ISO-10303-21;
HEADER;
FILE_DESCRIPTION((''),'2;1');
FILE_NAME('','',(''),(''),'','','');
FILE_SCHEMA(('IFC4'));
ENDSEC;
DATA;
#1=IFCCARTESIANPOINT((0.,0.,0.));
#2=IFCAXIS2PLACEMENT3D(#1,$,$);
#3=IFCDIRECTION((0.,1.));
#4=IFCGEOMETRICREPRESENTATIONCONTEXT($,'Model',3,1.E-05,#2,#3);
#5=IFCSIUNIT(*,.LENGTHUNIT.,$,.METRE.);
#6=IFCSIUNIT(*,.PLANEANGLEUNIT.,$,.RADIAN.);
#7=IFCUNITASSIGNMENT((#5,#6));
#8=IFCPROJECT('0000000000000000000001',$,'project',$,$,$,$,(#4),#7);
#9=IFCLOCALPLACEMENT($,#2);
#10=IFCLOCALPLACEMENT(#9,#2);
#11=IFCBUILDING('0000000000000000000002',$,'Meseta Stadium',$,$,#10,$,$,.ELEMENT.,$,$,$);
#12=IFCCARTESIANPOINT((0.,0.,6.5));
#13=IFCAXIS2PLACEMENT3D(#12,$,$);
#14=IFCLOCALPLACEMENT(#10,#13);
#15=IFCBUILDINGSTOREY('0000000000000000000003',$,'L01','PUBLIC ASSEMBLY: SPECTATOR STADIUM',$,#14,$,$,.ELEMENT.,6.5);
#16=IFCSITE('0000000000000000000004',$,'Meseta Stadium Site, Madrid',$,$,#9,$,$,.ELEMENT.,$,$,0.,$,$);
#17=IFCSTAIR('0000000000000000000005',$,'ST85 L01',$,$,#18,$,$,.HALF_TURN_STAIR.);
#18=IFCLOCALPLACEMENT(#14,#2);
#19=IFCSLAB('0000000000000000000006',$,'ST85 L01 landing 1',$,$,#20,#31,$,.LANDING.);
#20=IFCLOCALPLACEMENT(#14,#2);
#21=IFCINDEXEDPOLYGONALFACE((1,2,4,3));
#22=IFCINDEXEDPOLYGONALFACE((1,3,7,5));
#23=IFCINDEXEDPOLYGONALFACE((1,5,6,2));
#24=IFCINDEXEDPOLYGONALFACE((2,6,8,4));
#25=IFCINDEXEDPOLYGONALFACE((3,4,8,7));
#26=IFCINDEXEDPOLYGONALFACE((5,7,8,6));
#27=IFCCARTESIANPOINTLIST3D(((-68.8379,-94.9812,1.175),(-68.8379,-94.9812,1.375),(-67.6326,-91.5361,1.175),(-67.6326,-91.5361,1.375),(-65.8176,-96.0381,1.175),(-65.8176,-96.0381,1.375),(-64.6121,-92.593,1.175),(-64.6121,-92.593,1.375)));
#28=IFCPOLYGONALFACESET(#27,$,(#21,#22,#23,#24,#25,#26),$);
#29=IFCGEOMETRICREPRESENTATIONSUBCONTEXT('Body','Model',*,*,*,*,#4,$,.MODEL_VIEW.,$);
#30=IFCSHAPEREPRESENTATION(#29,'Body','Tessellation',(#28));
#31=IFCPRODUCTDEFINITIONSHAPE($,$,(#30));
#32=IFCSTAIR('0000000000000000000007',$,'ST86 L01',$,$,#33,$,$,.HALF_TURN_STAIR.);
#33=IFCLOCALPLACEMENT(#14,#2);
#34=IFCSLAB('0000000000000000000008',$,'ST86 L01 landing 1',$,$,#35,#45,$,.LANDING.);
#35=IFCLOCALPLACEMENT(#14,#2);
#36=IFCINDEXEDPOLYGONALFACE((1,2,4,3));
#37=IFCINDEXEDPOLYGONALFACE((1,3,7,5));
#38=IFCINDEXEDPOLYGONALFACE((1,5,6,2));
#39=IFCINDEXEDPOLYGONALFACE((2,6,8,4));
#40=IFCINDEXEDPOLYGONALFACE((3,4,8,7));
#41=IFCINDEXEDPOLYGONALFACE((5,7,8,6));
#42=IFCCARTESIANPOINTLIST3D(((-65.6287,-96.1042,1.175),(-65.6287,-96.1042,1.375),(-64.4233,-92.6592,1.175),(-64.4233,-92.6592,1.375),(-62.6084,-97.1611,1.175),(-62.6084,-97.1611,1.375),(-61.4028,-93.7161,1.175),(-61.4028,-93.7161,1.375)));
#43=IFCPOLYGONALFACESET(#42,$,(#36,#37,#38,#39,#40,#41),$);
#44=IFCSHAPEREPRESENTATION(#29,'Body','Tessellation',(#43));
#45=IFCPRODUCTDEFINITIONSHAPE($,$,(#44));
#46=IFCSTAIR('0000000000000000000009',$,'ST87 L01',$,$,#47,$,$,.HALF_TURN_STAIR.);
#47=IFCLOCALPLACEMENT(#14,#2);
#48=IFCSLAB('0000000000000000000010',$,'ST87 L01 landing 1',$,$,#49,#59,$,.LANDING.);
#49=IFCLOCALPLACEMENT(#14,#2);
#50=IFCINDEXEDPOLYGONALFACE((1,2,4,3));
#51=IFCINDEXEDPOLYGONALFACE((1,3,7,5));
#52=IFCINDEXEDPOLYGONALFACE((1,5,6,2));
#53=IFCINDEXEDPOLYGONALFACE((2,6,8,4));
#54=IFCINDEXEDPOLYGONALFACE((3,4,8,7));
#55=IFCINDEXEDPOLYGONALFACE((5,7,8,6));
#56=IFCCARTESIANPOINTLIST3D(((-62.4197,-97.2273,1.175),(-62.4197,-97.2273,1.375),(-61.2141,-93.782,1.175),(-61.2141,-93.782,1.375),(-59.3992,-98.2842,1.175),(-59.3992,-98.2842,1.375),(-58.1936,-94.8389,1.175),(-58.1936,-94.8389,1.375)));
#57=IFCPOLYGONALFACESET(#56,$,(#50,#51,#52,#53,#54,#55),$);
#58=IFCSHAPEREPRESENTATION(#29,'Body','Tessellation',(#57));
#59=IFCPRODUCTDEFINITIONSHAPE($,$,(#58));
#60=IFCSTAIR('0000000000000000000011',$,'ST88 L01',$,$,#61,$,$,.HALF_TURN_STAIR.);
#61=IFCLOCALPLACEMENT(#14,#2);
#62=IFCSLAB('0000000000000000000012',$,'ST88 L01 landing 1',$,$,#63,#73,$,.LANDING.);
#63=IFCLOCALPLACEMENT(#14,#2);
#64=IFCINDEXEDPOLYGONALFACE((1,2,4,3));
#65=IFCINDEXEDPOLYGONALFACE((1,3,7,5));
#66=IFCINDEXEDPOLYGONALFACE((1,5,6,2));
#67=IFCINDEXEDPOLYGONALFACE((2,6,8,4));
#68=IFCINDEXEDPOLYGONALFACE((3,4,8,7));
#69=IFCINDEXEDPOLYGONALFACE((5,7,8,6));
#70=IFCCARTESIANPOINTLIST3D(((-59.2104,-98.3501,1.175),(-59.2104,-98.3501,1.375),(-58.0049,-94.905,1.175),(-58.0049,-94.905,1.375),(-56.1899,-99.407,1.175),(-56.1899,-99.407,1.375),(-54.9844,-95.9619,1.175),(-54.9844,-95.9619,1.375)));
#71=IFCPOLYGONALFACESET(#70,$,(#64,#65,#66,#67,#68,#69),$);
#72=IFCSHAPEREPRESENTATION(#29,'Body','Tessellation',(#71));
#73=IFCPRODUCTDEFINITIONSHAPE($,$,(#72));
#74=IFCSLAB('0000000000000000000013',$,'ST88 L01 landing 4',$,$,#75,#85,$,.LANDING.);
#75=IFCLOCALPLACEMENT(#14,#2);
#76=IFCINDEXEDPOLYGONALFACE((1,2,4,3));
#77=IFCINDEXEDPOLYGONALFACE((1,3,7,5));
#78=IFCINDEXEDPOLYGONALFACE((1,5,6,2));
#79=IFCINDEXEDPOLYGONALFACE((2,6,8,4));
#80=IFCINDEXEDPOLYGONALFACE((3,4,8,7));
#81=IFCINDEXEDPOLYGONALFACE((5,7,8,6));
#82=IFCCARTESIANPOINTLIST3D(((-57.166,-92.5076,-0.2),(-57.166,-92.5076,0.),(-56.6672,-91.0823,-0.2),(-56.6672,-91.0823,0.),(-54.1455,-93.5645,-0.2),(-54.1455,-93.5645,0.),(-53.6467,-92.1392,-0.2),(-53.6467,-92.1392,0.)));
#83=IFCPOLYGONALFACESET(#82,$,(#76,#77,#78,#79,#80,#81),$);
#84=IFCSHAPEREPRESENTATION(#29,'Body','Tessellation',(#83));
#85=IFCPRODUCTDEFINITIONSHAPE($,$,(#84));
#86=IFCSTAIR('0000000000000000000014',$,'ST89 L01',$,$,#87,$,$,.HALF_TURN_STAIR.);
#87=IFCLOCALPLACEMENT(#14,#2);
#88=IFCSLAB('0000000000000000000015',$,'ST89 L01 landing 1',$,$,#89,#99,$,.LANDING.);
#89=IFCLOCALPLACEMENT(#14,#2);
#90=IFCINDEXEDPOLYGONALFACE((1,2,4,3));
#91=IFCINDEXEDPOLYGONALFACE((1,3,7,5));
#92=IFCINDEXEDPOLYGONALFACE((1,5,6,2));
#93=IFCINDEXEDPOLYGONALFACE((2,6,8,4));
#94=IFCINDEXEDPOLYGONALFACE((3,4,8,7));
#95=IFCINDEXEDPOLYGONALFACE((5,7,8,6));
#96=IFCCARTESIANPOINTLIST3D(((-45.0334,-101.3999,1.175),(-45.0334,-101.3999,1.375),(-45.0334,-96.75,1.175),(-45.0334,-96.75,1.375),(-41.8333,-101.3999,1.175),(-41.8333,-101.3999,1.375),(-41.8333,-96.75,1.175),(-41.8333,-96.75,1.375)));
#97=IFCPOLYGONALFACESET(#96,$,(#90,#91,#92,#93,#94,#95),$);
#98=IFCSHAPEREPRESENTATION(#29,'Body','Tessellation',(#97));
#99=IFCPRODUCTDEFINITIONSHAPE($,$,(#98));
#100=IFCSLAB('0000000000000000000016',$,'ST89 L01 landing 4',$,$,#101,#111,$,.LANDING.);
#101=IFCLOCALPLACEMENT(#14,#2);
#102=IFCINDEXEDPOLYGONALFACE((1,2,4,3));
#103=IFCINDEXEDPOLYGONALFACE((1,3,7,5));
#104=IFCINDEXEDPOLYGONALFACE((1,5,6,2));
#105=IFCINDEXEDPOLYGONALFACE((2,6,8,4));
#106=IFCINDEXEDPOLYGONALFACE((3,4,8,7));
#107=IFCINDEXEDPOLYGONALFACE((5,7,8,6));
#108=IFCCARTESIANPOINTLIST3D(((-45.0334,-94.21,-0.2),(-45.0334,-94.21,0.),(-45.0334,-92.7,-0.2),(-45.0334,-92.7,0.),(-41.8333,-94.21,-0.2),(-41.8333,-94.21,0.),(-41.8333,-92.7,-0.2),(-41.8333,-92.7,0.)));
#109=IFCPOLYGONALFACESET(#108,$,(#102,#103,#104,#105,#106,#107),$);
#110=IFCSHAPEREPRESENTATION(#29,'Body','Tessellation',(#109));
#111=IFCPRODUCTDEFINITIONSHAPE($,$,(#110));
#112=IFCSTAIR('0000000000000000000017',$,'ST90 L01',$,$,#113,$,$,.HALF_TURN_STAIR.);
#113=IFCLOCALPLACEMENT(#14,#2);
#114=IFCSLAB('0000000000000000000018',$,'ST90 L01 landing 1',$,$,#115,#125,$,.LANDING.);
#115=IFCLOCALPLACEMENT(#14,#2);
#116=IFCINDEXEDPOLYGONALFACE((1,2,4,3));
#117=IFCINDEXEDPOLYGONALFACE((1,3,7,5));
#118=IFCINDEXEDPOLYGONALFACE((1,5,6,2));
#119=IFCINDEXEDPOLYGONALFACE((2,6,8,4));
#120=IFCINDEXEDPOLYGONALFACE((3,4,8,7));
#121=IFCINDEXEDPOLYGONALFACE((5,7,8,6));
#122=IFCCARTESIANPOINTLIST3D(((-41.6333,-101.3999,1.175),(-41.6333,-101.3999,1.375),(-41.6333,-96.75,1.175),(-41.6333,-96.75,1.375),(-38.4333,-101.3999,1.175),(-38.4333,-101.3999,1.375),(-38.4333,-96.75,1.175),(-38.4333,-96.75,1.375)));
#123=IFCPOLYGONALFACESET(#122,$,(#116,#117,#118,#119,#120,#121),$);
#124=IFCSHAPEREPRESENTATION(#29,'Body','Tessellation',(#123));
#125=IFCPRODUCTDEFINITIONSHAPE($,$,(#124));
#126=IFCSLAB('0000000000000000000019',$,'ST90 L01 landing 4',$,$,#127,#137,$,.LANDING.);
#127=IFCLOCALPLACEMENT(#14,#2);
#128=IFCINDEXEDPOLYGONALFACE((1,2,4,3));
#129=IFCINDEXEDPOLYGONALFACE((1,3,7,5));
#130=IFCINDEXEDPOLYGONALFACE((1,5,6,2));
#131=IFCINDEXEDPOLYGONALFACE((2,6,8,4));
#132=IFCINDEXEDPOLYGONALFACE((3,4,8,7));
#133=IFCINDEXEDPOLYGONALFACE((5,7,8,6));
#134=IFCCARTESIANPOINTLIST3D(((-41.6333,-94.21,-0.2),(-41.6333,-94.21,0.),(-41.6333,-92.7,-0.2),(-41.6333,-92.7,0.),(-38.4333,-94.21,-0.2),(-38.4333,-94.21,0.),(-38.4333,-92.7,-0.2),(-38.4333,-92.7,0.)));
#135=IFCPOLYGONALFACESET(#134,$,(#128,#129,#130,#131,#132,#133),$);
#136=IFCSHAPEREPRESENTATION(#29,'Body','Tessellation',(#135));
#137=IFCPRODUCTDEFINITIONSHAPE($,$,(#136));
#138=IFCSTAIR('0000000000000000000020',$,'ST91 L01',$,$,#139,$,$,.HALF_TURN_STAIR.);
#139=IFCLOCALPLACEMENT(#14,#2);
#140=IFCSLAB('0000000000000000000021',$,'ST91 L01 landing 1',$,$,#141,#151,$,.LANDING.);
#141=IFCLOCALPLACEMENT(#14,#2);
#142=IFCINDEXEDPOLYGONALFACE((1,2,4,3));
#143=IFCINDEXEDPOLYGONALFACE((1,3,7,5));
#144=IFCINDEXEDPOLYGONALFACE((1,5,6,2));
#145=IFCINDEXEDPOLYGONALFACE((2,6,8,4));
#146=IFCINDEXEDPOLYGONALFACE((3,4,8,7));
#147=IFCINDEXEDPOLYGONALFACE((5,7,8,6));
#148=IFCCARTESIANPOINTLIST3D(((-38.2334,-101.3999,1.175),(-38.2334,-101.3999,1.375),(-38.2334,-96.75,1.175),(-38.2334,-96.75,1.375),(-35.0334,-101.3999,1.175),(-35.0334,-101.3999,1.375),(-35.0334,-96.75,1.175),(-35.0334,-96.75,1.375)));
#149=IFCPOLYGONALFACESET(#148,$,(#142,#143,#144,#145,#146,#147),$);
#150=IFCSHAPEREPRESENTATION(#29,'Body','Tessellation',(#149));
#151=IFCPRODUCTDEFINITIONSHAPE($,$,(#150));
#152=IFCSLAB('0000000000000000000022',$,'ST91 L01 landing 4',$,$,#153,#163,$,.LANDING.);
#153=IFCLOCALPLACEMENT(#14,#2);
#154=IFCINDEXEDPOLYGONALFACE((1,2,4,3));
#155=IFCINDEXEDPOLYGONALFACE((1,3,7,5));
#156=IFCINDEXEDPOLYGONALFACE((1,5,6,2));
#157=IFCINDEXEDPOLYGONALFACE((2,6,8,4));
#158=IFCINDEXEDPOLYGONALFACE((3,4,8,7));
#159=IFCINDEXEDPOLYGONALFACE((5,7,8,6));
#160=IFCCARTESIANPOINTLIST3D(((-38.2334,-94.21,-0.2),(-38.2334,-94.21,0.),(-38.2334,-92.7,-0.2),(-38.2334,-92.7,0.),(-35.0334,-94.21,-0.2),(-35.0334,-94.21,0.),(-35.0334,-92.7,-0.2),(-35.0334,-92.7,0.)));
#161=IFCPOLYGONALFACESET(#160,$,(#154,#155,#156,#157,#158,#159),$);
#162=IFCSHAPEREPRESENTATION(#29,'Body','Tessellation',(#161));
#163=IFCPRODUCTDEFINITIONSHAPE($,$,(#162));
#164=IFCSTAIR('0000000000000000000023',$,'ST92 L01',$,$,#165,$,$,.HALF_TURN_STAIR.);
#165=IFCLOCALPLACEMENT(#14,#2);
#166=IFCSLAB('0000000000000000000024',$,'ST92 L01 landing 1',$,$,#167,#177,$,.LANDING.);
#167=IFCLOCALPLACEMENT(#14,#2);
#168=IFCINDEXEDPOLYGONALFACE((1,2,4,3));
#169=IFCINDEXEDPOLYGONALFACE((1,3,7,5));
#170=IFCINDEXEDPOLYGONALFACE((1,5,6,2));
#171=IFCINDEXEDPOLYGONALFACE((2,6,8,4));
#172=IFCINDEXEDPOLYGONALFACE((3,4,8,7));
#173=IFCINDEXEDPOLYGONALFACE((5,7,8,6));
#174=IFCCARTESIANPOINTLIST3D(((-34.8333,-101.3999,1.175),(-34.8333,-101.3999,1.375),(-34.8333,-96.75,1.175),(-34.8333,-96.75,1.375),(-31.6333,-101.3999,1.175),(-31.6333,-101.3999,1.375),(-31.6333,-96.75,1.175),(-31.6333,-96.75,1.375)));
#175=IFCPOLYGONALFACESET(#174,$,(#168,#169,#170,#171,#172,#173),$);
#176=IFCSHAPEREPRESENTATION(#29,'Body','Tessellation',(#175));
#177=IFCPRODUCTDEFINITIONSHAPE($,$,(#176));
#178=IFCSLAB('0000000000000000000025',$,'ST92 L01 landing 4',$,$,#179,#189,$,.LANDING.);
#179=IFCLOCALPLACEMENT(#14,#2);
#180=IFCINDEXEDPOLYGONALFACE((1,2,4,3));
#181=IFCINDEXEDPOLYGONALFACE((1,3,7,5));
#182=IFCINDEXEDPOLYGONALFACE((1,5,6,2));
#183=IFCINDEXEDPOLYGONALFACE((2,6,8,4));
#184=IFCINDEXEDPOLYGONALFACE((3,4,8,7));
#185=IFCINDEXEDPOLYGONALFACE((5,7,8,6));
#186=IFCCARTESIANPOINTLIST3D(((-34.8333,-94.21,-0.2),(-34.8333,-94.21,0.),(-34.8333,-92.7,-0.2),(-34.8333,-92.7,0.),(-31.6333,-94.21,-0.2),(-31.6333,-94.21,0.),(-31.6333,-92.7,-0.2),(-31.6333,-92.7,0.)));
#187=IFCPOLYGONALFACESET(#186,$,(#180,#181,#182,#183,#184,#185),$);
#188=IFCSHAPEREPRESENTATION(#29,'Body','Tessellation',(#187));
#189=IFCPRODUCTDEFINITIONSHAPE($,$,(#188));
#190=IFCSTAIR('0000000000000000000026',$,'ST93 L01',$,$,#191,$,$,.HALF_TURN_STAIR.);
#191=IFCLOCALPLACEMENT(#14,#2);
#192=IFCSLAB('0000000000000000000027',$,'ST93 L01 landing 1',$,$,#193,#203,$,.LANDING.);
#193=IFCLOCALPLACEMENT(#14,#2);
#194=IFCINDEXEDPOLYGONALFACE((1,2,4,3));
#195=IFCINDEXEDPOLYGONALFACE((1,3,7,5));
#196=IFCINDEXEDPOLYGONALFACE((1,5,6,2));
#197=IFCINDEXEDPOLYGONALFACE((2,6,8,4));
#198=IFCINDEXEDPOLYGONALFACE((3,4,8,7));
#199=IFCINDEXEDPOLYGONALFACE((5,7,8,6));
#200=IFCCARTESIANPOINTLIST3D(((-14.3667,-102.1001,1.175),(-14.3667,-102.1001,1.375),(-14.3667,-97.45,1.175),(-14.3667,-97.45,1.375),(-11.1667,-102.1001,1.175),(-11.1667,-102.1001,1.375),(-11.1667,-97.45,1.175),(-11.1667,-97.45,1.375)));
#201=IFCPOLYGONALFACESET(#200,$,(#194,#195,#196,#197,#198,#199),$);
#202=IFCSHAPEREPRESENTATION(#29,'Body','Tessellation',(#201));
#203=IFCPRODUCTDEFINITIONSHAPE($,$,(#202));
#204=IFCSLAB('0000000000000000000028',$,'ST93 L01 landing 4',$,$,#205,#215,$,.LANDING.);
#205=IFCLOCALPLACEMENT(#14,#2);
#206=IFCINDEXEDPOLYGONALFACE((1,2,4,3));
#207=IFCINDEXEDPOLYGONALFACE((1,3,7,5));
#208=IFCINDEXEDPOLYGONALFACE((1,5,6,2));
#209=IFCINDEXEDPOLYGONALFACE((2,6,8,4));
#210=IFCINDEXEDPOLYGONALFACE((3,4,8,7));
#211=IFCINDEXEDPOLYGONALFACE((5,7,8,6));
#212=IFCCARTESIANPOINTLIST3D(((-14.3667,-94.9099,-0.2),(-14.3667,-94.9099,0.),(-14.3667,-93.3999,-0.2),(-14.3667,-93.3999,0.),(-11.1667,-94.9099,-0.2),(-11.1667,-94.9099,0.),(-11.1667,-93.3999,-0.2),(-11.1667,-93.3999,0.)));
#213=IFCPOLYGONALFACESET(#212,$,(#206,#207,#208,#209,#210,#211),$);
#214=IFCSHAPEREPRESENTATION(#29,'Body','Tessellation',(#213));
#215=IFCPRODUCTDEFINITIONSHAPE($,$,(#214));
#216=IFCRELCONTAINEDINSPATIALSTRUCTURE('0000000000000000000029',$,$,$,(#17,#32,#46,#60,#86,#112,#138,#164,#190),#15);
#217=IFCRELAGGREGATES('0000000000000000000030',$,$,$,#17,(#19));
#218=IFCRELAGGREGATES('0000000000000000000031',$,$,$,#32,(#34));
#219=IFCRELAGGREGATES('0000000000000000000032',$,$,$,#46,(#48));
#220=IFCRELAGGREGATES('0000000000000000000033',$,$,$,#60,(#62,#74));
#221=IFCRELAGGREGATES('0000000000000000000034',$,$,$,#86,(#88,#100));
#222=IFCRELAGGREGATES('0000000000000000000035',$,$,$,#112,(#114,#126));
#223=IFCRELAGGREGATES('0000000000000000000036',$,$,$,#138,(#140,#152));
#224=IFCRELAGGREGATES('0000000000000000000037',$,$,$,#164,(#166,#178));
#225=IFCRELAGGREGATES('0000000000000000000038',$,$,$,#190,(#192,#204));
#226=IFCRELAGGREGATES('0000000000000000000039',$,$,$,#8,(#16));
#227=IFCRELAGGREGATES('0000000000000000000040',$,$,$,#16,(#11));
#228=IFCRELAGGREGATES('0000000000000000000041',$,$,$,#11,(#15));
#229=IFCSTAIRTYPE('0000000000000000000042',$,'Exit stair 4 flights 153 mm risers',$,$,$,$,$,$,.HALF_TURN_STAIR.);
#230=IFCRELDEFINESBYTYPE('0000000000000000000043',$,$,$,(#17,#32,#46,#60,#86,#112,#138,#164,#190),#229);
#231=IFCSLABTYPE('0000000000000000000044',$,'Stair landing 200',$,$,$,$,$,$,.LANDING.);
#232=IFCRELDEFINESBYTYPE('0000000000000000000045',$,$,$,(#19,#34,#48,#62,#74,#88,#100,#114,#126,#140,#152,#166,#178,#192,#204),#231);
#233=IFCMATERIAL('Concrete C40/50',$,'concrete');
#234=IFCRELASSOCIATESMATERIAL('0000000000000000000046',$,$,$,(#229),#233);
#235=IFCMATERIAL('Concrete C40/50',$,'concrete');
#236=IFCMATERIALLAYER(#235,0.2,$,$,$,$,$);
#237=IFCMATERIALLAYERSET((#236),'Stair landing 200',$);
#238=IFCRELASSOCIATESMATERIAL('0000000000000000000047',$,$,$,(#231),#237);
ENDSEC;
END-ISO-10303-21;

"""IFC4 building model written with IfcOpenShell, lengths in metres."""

from ifc_helpers import new_model, si_unit, direction, frame, origin, place, context, subcontext, project, spatial, polyline, outline, extrude, material, layer, layer_set, type_object, element, aggregate, save


model = new_model("IFC4")

# Units and contexts
model_context = context("Model", 3, precision=1e-05, world=origin(), true_north=direction((0.0, 1.0)))
body_context = subcontext(model_context, "Body", "Model", "MODEL_VIEW")
ifc_project = project(units=[si_unit("LENGTHUNIT", "METRE"), si_unit("PLANEANGLEUNIT", "RADIAN")], contexts=[model_context])

# Site, building, storey
site_placement = place(None, origin())
site = spatial("IfcSite", under=ifc_project, at=site_placement, Name="Meseta Stadium Site, Madrid", CompositionType="ELEMENT", RefElevation=0.0)
building_placement = place(site_placement, origin())
building = spatial("IfcBuilding", under=site, at=building_placement, Name="Meseta Stadium", CompositionType="ELEMENT")
storey_placement = place(building_placement, frame((0.0, 0.0, 6.5)))
storey = spatial("IfcBuildingStorey", under=building, at=storey_placement, Name="L01", Description="PUBLIC ASSEMBLY: SPECTATOR STADIUM", CompositionType="ELEMENT", Elevation=6.5)

# Stairs, slabs
ifc_material_1 = material(Name="Concrete C40/50", Category="concrete")
stair_type = type_object("IfcStairType", Name="Exit stair 4 flights 153 mm risers", PredefinedType="HALF_TURN_STAIR", material=ifc_material_1)
stair_1_placement = place(storey_placement, origin())
stair_1 = element("IfcStair", 1, at=stair_1_placement, inside=storey, type_object=stair_type, Name="ST85 L01", PredefinedType="HALF_TURN_STAIR")
ifc_material_2 = material(Name="Concrete C40/50", Category="concrete")
ifc_layer = layer(ifc_material_2, 0.2)
ifc_layer_set = layer_set([ifc_layer], Name="Stair landing 200")
slab_type = type_object("IfcSlabType", Name="Stair landing 200", PredefinedType="LANDING", material=ifc_layer_set)
slab_1_placement = place(storey_placement, frame((0.0, 0.0, 1.175)))
slab_1 = element("IfcSlab", 2, at=slab_1_placement, type_object=slab_type, Name="ST85 L01 landing 1", PredefinedType="LANDING", context=body_context, shape_type="SweptSolid", body=[
    extrude(outline(polyline([(-67.6326, -91.5361), (-68.8379, -94.9812), (-65.8176, -96.0381), (-64.6121, -92.593), (-67.6326, -91.5361)])), origin(), (0.0, 0.0, 1.0), 0.2),
])
aggregate(stair_1, [slab_1])
stair_2_placement = place(storey_placement, origin())
stair_2 = element("IfcStair", 3, at=stair_2_placement, inside=storey, type_object=stair_type, Name="ST86 L01", PredefinedType="HALF_TURN_STAIR")
slab_2_placement = place(storey_placement, frame((0.0, 0.0, 1.175)))
slab_2 = element("IfcSlab", 4, at=slab_2_placement, type_object=slab_type, Name="ST86 L01 landing 1", PredefinedType="LANDING", context=body_context, shape_type="SweptSolid", body=[
    extrude(outline(polyline([(-64.4233, -92.6592), (-65.6287, -96.1042), (-62.6084, -97.1611), (-61.4028, -93.7161), (-64.4233, -92.6592)])), origin(), (0.0, 0.0, 1.0), 0.2),
])
aggregate(stair_2, [slab_2])
stair_3_placement = place(storey_placement, origin())
stair_3 = element("IfcStair", 5, at=stair_3_placement, inside=storey, type_object=stair_type, Name="ST87 L01", PredefinedType="HALF_TURN_STAIR")
slab_3_placement = place(storey_placement, frame((0.0, 0.0, 1.175)))
slab_3 = element("IfcSlab", 6, at=slab_3_placement, type_object=slab_type, Name="ST87 L01 landing 1", PredefinedType="LANDING", context=body_context, shape_type="SweptSolid", body=[
    extrude(outline(polyline([(-61.2141, -93.782), (-62.4197, -97.2273), (-59.3992, -98.2842), (-58.1936, -94.8389), (-61.2141, -93.782)])), origin(), (0.0, 0.0, 1.0), 0.2),
])
aggregate(stair_3, [slab_3])

# Stairs, slabs
stair_4_placement = place(storey_placement, origin())
stair_4 = element("IfcStair", 7, at=stair_4_placement, inside=storey, type_object=stair_type, Name="ST88 L01", PredefinedType="HALF_TURN_STAIR")
slab_4_placement = place(storey_placement, frame((0.0, 0.0, 1.175)))
slab_4 = element("IfcSlab", 8, at=slab_4_placement, type_object=slab_type, Name="ST88 L01 landing 1", PredefinedType="LANDING", context=body_context, shape_type="SweptSolid", body=[
    extrude(outline(polyline([(-58.0049, -94.905), (-59.2104, -98.3501), (-56.1899, -99.407), (-54.9844, -95.9619), (-58.0049, -94.905)])), origin(), (0.0, 0.0, 1.0), 0.2),
])
slab_5_placement = place(storey_placement, frame((0.0, 0.0, -0.2)))
slab_5 = element("IfcSlab", 9, at=slab_5_placement, type_object=slab_type, Name="ST88 L01 landing 4", PredefinedType="LANDING", context=body_context, shape_type="SweptSolid", body=[
    extrude(outline(polyline([(-56.6672, -91.0823), (-57.166, -92.5076), (-54.1455, -93.5645), (-53.6467, -92.1392), (-56.6672, -91.0823)])), origin(), (0.0, 0.0, 1.0), 0.2),
])
aggregate(stair_4, [slab_4, slab_5])
stair_5_placement = place(storey_placement, origin())
stair_5 = element("IfcStair", 10, at=stair_5_placement, inside=storey, type_object=stair_type, Name="ST89 L01", PredefinedType="HALF_TURN_STAIR")
slab_6_placement = place(storey_placement, frame((0.0, 0.0, 1.175)))
slab_6 = element("IfcSlab", 11, at=slab_6_placement, type_object=slab_type, Name="ST89 L01 landing 1", PredefinedType="LANDING", context=body_context, shape_type="SweptSolid", body=[
    extrude(outline(polyline([(-45.0334, -96.75), (-45.0334, -101.3999), (-41.8333, -101.3999), (-41.8333, -96.75), (-45.0334, -96.75)])), origin(), (0.0, 0.0, 1.0), 0.2),
])
slab_7_placement = place(storey_placement, frame((0.0, 0.0, -0.2)))
slab_7 = element("IfcSlab", 12, at=slab_7_placement, type_object=slab_type, Name="ST89 L01 landing 4", PredefinedType="LANDING", context=body_context, shape_type="SweptSolid", body=[
    extrude(outline(polyline([(-45.0334, -92.7), (-45.0334, -94.21), (-41.8333, -94.21), (-41.8333, -92.7), (-45.0334, -92.7)])), origin(), (0.0, 0.0, 1.0), 0.2),
])
aggregate(stair_5, [slab_6, slab_7])
stair_6_placement = place(storey_placement, origin())
stair_6 = element("IfcStair", 13, at=stair_6_placement, inside=storey, type_object=stair_type, Name="ST90 L01", PredefinedType="HALF_TURN_STAIR")
slab_8_placement = place(storey_placement, frame((0.0, 0.0, 1.175)))
slab_8 = element("IfcSlab", 14, at=slab_8_placement, type_object=slab_type, Name="ST90 L01 landing 1", PredefinedType="LANDING", context=body_context, shape_type="SweptSolid", body=[
    extrude(outline(polyline([(-41.6333, -96.75), (-41.6333, -101.3999), (-38.4333, -101.3999), (-38.4333, -96.75), (-41.6333, -96.75)])), origin(), (0.0, 0.0, 1.0), 0.2),
])
slab_9_placement = place(storey_placement, frame((0.0, 0.0, -0.2)))
slab_9 = element("IfcSlab", 15, at=slab_9_placement, type_object=slab_type, Name="ST90 L01 landing 4", PredefinedType="LANDING", context=body_context, shape_type="SweptSolid", body=[
    extrude(outline(polyline([(-41.6333, -92.7), (-41.6333, -94.21), (-38.4333, -94.21), (-38.4333, -92.7), (-41.6333, -92.7)])), origin(), (0.0, 0.0, 1.0), 0.2),
])
aggregate(stair_6, [slab_8, slab_9])
stair_7_placement = place(storey_placement, origin())
stair_7 = element("IfcStair", 16, at=stair_7_placement, inside=storey, type_object=stair_type, Name="ST91 L01", PredefinedType="HALF_TURN_STAIR")
slab_10_placement = place(storey_placement, frame((0.0, 0.0, 1.175)))
slab_10 = element("IfcSlab", 17, at=slab_10_placement, type_object=slab_type, Name="ST91 L01 landing 1", PredefinedType="LANDING", context=body_context, shape_type="SweptSolid", body=[
    extrude(outline(polyline([(-38.2334, -96.75), (-38.2334, -101.3999), (-35.0334, -101.3999), (-35.0334, -96.75), (-38.2334, -96.75)])), origin(), (0.0, 0.0, 1.0), 0.2),
])
slab_11_placement = place(storey_placement, frame((0.0, 0.0, -0.2)))
slab_11 = element("IfcSlab", 18, at=slab_11_placement, type_object=slab_type, Name="ST91 L01 landing 4", PredefinedType="LANDING", context=body_context, shape_type="SweptSolid", body=[
    extrude(outline(polyline([(-38.2334, -92.7), (-38.2334, -94.21), (-35.0334, -94.21), (-35.0334, -92.7), (-38.2334, -92.7)])), origin(), (0.0, 0.0, 1.0), 0.2),
])
aggregate(stair_7, [slab_10, slab_11])
stair_8_placement = place(storey_placement, origin())
stair_8 = element("IfcStair", 19, at=stair_8_placement, inside=storey, type_object=stair_type, Name="ST92 L01", PredefinedType="HALF_TURN_STAIR")
slab_12_placement = place(storey_placement, frame((0.0, 0.0, 1.175)))
slab_12 = element("IfcSlab", 20, at=slab_12_placement, type_object=slab_type, Name="ST92 L01 landing 1", PredefinedType="LANDING", context=body_context, shape_type="SweptSolid", body=[
    extrude(outline(polyline([(-34.8333, -96.75), (-34.8333, -101.3999), (-31.6333, -101.3999), (-31.6333, -96.75), (-34.8333, -96.75)])), origin(), (0.0, 0.0, 1.0), 0.2),
])
slab_13_placement = place(storey_placement, frame((0.0, 0.0, -0.2)))
slab_13 = element("IfcSlab", 21, at=slab_13_placement, type_object=slab_type, Name="ST92 L01 landing 4", PredefinedType="LANDING", context=body_context, shape_type="SweptSolid", body=[
    extrude(outline(polyline([(-34.8333, -92.7), (-34.8333, -94.21), (-31.6333, -94.21), (-31.6333, -92.7), (-34.8333, -92.7)])), origin(), (0.0, 0.0, 1.0), 0.2),
])
aggregate(stair_8, [slab_12, slab_13])
stair_9_placement = place(storey_placement, origin())
stair_9 = element("IfcStair", 22, at=stair_9_placement, inside=storey, type_object=stair_type, Name="ST93 L01", PredefinedType="HALF_TURN_STAIR")
slab_14_placement = place(storey_placement, frame((0.0, 0.0, 1.175)))
slab_14 = element("IfcSlab", 23, at=slab_14_placement, type_object=slab_type, Name="ST93 L01 landing 1", PredefinedType="LANDING", context=body_context, shape_type="SweptSolid", body=[
    extrude(outline(polyline([(-14.3667, -97.45), (-14.3667, -102.1001), (-11.1667, -102.1001), (-11.1667, -97.45), (-14.3667, -97.45)])), origin(), (0.0, 0.0, 1.0), 0.2),
])
slab_15_placement = place(storey_placement, frame((0.0, 0.0, -0.2)))
slab_15 = element("IfcSlab", 24, at=slab_15_placement, type_object=slab_type, Name="ST93 L01 landing 4", PredefinedType="LANDING", context=body_context, shape_type="SweptSolid", body=[
    extrude(outline(polyline([(-14.3667, -93.3999), (-14.3667, -94.9099), (-11.1667, -94.9099), (-11.1667, -93.3999), (-14.3667, -93.3999)])), origin(), (0.0, 0.0, 1.0), 0.2),
])
aggregate(stair_9, [slab_14, slab_15])

save(model, "model.ifc")
